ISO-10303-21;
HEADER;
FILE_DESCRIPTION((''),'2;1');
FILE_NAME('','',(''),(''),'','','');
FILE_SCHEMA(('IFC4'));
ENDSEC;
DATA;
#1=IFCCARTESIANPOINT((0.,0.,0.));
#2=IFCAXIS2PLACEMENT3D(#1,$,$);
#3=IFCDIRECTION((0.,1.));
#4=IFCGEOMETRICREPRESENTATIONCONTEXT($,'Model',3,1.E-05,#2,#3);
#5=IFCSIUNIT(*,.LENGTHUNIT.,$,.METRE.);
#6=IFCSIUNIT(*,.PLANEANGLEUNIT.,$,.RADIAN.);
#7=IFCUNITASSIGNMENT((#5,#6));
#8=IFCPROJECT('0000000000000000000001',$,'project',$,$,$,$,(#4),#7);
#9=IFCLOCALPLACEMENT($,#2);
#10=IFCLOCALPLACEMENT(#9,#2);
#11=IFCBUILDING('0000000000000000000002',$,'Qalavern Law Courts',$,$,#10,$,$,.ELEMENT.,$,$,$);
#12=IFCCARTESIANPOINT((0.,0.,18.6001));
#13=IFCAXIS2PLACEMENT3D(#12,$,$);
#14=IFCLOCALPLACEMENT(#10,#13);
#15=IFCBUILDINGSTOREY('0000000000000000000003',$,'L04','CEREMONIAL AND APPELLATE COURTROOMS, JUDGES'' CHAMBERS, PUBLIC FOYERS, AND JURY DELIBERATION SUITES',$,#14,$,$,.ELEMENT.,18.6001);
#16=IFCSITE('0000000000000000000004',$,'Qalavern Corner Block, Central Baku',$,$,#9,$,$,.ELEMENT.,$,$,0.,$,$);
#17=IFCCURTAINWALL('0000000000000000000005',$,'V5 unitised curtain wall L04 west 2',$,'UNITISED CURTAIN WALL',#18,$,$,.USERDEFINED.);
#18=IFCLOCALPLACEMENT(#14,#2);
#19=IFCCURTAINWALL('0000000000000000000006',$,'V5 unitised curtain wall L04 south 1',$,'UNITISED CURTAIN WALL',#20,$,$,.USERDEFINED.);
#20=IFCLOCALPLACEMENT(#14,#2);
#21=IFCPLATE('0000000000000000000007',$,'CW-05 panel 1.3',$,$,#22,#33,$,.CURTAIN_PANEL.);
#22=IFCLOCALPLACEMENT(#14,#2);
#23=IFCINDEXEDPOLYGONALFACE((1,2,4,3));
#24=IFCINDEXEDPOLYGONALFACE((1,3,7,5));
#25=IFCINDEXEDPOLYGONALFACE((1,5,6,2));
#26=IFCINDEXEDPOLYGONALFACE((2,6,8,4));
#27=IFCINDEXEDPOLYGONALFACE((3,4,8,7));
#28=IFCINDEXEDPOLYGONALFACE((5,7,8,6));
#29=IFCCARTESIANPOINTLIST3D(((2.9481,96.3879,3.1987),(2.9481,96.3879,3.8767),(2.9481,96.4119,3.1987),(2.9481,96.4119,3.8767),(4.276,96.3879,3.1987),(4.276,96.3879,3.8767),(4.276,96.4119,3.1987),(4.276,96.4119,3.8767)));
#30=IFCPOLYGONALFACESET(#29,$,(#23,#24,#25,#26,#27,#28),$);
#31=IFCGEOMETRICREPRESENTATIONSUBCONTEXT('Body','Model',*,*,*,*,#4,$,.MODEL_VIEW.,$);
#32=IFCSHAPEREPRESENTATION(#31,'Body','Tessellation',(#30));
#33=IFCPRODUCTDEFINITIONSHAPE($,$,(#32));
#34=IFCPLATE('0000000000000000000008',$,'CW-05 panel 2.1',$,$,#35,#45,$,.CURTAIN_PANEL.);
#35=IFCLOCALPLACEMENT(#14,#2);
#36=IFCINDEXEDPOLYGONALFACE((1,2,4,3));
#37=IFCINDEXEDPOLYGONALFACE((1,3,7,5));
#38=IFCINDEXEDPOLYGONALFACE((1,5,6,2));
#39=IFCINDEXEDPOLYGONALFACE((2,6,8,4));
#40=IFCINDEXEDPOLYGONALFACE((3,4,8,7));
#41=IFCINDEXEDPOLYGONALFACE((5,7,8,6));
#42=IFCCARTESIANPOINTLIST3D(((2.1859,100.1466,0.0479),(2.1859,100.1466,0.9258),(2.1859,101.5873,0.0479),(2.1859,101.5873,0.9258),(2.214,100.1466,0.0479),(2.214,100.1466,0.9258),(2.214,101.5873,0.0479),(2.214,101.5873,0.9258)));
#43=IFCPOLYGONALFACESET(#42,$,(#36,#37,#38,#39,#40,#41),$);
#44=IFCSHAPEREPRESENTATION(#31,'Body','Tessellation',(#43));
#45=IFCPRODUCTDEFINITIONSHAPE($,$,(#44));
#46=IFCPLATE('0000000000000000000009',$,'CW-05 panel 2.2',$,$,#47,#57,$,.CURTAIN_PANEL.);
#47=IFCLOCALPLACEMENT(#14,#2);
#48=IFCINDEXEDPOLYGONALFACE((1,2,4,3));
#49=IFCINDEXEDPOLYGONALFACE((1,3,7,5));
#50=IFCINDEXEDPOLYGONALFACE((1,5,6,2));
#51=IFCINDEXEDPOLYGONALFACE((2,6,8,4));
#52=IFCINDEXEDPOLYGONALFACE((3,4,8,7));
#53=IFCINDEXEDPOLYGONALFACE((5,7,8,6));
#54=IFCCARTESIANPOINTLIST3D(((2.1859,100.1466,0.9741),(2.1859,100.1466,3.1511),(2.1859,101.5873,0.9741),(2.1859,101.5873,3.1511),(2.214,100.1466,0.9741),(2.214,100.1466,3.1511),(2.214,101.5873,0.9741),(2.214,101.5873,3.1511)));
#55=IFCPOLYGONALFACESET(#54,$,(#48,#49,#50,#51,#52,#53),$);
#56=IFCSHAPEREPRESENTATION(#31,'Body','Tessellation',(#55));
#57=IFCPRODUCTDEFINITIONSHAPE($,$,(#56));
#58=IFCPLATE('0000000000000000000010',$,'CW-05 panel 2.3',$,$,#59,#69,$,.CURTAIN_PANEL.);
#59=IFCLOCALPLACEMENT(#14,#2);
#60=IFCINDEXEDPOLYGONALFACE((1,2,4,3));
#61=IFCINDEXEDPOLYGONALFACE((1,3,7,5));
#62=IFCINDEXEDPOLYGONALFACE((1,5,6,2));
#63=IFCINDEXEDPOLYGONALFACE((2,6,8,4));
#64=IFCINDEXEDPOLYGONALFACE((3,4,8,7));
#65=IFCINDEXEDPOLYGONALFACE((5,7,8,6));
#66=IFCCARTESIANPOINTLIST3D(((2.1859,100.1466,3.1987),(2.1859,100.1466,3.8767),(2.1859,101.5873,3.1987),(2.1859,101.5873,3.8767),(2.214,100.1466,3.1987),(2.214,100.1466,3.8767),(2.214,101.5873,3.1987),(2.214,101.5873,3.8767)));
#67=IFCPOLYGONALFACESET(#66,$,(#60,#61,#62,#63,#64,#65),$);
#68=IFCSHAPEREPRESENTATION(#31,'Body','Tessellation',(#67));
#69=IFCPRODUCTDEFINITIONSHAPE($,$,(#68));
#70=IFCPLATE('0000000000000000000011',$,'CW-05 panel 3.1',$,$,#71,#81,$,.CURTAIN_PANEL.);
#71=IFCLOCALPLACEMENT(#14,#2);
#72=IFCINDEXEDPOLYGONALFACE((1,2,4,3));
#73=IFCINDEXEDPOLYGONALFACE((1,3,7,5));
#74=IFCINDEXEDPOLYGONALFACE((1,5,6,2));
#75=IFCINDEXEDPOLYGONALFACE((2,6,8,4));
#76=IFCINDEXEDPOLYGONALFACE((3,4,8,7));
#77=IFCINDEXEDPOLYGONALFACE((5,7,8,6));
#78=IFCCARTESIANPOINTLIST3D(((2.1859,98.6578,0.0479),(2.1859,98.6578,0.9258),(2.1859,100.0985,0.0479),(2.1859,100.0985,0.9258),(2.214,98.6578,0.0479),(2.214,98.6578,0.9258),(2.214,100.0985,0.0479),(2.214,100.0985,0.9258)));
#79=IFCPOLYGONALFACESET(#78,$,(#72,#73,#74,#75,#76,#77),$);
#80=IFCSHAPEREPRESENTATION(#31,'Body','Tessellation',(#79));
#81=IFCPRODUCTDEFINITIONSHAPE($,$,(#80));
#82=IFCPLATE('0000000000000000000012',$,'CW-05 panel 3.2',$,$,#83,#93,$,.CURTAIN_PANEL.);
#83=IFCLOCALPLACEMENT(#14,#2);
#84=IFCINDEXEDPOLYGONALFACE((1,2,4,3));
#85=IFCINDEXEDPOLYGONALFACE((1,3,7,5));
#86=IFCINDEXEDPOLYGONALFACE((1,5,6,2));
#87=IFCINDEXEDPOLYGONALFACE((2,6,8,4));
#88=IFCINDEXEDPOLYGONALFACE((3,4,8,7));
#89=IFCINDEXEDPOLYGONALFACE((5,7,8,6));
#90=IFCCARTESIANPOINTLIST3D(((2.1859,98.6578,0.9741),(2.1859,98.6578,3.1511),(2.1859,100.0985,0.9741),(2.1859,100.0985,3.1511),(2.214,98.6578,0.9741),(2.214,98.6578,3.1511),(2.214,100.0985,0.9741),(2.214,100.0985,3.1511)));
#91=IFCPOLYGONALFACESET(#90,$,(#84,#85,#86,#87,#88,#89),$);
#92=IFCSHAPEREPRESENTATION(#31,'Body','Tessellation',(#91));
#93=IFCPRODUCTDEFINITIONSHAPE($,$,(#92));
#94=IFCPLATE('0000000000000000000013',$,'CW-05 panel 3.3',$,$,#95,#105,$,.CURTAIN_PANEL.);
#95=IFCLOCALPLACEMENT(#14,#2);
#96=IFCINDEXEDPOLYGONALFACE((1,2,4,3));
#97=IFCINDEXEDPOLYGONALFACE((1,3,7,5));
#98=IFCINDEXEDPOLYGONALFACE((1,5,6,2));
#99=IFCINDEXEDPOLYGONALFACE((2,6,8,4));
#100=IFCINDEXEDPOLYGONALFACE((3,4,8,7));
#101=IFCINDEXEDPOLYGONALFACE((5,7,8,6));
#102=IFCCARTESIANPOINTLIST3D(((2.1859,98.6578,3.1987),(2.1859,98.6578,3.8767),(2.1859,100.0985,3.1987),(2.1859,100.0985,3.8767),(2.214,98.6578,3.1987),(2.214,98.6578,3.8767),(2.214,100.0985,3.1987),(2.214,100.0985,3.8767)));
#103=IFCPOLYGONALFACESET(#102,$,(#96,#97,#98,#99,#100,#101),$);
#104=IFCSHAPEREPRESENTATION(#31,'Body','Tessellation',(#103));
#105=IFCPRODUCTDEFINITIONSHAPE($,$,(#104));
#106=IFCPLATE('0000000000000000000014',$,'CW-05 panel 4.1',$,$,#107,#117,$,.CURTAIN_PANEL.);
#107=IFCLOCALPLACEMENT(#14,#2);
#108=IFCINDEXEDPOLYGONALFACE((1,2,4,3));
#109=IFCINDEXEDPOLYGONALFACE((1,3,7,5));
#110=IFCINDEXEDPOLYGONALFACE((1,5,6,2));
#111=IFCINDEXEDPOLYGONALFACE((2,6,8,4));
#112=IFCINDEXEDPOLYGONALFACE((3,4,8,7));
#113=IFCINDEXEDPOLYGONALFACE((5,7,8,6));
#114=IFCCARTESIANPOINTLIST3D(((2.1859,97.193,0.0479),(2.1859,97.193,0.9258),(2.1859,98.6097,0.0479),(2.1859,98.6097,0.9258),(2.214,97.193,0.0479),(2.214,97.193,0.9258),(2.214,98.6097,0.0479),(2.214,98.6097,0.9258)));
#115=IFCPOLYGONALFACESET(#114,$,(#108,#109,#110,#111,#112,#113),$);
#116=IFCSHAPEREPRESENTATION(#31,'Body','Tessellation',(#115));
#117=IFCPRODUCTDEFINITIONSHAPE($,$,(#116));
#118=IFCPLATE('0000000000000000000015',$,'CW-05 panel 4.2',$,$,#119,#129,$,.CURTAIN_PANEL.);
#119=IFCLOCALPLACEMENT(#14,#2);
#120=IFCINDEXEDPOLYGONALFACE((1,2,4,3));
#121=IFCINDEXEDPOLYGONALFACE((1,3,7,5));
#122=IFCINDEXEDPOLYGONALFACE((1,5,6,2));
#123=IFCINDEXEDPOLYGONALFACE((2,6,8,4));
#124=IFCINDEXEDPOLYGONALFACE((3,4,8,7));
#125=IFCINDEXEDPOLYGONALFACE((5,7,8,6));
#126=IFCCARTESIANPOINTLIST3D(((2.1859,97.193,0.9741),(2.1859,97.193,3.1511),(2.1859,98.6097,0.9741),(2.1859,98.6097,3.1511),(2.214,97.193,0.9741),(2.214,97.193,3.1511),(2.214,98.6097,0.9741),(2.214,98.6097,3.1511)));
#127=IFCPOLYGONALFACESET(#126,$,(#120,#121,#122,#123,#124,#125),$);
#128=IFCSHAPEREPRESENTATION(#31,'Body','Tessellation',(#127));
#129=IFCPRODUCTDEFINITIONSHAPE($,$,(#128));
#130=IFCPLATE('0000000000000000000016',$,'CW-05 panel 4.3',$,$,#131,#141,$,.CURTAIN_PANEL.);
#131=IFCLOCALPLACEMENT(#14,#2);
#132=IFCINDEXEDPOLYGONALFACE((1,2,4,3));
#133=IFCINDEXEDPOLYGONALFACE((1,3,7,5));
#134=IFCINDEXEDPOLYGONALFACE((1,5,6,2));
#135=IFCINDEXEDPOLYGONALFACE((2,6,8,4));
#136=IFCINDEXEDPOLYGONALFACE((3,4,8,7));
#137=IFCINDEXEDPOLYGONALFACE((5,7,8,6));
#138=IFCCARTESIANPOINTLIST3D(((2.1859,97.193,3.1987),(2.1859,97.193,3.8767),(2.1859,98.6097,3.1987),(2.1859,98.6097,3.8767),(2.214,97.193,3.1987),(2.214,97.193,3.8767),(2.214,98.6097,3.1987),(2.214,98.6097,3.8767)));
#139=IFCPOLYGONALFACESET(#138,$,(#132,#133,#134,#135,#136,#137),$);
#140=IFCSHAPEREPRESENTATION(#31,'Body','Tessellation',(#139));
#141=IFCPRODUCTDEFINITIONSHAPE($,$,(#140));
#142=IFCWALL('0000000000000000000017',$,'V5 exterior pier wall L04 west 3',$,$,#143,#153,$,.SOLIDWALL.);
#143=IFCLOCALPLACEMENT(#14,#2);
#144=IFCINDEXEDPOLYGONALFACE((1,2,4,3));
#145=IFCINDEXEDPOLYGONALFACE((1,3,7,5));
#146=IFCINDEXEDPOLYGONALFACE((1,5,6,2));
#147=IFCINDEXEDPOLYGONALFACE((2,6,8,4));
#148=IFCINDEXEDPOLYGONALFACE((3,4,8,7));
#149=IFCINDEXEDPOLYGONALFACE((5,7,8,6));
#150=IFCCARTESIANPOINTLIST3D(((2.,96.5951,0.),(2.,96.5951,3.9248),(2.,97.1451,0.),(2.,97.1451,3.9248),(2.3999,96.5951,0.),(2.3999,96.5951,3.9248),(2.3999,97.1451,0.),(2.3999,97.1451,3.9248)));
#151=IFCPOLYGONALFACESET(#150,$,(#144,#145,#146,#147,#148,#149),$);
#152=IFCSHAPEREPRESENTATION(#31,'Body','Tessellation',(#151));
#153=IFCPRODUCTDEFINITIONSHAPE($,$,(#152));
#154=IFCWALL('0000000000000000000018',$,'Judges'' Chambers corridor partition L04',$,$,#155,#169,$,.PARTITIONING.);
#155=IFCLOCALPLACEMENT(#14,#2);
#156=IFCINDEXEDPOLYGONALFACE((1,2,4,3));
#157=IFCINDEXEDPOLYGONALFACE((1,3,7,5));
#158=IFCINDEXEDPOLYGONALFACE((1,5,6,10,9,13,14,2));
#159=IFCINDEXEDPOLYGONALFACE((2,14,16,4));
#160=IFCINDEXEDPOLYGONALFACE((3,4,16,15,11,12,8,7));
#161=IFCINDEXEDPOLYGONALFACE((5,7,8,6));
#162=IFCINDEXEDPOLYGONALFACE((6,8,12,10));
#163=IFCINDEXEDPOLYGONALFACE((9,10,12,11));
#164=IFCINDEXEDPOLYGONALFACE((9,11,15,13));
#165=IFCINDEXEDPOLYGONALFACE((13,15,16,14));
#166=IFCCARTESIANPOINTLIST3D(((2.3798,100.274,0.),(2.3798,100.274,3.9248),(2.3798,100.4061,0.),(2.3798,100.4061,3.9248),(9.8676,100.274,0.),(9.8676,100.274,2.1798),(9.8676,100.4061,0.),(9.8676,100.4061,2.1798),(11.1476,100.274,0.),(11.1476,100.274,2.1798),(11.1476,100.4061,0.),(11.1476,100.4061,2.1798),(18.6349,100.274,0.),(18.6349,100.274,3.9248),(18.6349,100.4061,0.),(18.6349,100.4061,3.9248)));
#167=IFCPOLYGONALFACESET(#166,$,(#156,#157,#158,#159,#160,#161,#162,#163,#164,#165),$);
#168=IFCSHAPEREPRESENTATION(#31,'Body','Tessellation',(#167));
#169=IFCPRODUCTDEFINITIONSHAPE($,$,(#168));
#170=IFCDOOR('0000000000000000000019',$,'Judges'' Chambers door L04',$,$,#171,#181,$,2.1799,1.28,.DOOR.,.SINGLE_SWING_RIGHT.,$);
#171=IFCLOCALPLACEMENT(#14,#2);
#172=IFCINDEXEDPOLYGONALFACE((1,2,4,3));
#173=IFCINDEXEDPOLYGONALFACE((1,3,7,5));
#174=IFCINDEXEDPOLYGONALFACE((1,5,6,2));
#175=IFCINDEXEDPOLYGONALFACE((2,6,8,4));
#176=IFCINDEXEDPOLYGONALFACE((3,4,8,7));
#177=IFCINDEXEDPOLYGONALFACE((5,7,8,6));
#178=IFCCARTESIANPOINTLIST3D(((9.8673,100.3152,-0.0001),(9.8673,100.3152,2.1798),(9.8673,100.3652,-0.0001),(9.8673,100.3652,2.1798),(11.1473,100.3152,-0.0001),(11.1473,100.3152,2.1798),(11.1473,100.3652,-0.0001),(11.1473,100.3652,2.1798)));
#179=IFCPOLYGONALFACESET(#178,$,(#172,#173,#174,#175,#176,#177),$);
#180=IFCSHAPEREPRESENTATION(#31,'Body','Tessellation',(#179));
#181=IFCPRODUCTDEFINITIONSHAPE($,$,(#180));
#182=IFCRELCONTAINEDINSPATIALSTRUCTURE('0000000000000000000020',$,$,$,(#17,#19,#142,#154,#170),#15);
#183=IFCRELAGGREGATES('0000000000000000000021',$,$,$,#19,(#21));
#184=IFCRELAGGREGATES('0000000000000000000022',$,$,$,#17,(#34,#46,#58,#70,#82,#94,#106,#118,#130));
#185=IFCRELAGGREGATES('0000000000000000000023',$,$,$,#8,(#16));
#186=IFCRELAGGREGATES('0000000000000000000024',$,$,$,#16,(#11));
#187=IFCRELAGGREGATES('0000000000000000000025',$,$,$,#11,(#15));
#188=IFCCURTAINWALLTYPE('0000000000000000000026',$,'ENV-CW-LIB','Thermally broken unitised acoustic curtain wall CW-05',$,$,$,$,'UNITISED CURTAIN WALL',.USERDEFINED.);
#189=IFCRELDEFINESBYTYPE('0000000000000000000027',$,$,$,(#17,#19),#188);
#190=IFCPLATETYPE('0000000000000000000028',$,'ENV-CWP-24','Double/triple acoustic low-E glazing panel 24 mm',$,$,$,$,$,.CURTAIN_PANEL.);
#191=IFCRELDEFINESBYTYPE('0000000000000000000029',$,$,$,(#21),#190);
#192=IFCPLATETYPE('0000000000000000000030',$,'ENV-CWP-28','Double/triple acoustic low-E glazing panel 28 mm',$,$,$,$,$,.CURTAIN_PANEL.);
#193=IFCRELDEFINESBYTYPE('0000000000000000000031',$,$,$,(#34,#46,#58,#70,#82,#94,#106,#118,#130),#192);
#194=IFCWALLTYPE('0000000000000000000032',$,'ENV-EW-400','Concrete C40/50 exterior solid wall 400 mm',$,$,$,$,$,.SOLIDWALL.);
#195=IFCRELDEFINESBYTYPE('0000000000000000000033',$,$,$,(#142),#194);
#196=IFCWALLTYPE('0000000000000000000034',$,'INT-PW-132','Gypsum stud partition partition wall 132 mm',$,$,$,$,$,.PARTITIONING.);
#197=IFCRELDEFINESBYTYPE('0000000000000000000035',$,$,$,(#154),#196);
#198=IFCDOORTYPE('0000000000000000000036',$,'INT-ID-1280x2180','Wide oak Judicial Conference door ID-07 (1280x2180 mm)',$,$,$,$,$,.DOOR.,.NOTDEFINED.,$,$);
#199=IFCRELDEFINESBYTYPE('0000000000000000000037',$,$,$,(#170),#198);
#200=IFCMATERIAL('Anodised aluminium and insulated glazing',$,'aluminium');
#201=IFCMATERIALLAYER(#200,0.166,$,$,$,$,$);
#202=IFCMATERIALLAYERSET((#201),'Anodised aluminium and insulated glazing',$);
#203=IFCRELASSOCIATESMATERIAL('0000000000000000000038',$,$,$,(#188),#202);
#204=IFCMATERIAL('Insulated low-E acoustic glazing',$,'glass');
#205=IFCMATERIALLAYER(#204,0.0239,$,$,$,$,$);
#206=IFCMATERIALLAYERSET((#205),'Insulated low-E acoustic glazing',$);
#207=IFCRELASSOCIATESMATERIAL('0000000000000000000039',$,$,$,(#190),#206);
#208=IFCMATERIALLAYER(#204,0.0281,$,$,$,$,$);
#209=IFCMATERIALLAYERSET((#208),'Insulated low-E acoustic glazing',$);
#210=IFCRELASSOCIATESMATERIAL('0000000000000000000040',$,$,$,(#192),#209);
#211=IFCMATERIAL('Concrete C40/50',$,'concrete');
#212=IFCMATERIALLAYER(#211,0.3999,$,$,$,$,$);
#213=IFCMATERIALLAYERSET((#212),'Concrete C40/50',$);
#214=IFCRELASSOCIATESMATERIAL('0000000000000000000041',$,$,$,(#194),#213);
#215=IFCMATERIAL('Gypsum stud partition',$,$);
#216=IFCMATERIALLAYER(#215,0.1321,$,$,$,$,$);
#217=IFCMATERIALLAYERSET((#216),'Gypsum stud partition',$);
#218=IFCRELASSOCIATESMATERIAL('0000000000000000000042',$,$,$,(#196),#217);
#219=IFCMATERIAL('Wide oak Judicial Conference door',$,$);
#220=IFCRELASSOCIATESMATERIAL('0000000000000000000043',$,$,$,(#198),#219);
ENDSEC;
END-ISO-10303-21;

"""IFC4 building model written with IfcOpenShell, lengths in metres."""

from ifc_helpers import new_model, si_unit, direction, frame, frame_2d, origin, origin_2d, place, context, subcontext, project, spatial, rectangle, extrude, material, layer, layer_set, type_object, element, fill, aggregate, save


model = new_model("IFC4")

# Units and contexts
model_context = context("Model", 3, precision=1e-05, world=origin(), true_north=direction((0.0, 1.0)))
body_context = subcontext(model_context, "Body", "Model", "MODEL_VIEW")
ifc_project = project(units=[si_unit("LENGTHUNIT", "METRE"), si_unit("PLANEANGLEUNIT", "RADIAN")], contexts=[model_context])

# Site, building, storey
site_placement = place(None, origin())
site = spatial("IfcSite", under=ifc_project, at=site_placement, Name="Qalavern Corner Block, Central Baku", CompositionType="ELEMENT", RefElevation=0.0)
building_placement = place(site_placement, origin())
building = spatial("IfcBuilding", under=site, at=building_placement, Name="Qalavern Law Courts", CompositionType="ELEMENT")
storey_placement = place(building_placement, frame((0.0, 0.0, 18.6001)))
storey = spatial("IfcBuildingStorey", under=building, at=storey_placement, Name="L04", Description="CEREMONIAL AND APPELLATE COURTROOMS, JUDGES' CHAMBERS, PUBLIC FOYERS, AND JURY DELIBERATION SUITES", CompositionType="ELEMENT", Elevation=18.6001)

# Curtain walls
ifc_material_1 = material(Name="Anodised aluminium and insulated glazing", Category="aluminium")
ifc_layer_1 = layer(ifc_material_1, 0.166)
ifc_layer_set_1 = layer_set([ifc_layer_1], Name="Anodised aluminium and insulated glazing")
curtain_wall_type = type_object("IfcCurtainWallType", Name="ENV-CW-LIB", Description="Thermally broken unitised acoustic curtain wall CW-05", ElementType="UNITISED CURTAIN WALL", PredefinedType="USERDEFINED", material=ifc_layer_set_1)
curtain_wall_1_placement = place(storey_placement, origin())
curtain_wall_1 = element("IfcCurtainWall", 1, at=curtain_wall_1_placement, inside=storey, type_object=curtain_wall_type, Name="V5 unitised curtain wall L04 west 2", ObjectType="UNITISED CURTAIN WALL", PredefinedType="USERDEFINED")
curtain_wall_2_placement = place(storey_placement, origin())
curtain_wall_2 = element("IfcCurtainWall", 2, at=curtain_wall_2_placement, inside=storey, type_object=curtain_wall_type, Name="V5 unitised curtain wall L04 south 1", ObjectType="UNITISED CURTAIN WALL", PredefinedType="USERDEFINED")

# Shared definitions
ifc_material_2 = material(Name="Concrete C40/50", Category="concrete")

# Plates
ifc_material_3 = material(Name="Insulated low-E acoustic glazing", Category="glass")
ifc_layer_2 = layer(ifc_material_3, 0.0239)
ifc_layer_set_2 = layer_set([ifc_layer_2], Name="Insulated low-E acoustic glazing")
plate_type_1 = type_object("IfcPlateType", Name="ENV-CWP-24", Description="Double/triple acoustic low-E glazing panel 24 mm", PredefinedType="CURTAIN_PANEL", material=ifc_layer_set_2)
plate_1_placement = place(storey_placement, frame((3.6121, 96.3999, 3.1987), z_axis=(0.0, 0.0, 1.0), x_axis=(1.0, 0.0, 0.0)))
plate_1 = element("IfcPlate", 3, at=plate_1_placement, type_object=plate_type_1, Name="CW-05 panel 1.3", PredefinedType="CURTAIN_PANEL", context=body_context, shape_type="SweptSolid", body=[
    extrude(rectangle(XDim=1.3279, YDim=0.0239, at=origin_2d()), origin(), (0.0, 0.0, 1.0), 0.678),
])
aggregate(curtain_wall_2, [plate_1])
ifc_layer_3 = layer(ifc_material_3, 0.0281)
ifc_layer_set_3 = layer_set([ifc_layer_3], Name="Insulated low-E acoustic glazing")
plate_type_2 = type_object("IfcPlateType", Name="ENV-CWP-28", Description="Double/triple acoustic low-E glazing panel 28 mm", PredefinedType="CURTAIN_PANEL", material=ifc_layer_set_3)
plate_2_placement = place(storey_placement, frame((2.2, 100.8669, 0.0479), z_axis=(0.0, 0.0, 1.0), x_axis=(0.0, -1.0, 0.0)))
plate_2 = element("IfcPlate", 4, at=plate_2_placement, type_object=plate_type_2, Name="CW-05 panel 2.1", PredefinedType="CURTAIN_PANEL", context=body_context, shape_type="SweptSolid", body=[
    extrude(rectangle(XDim=1.4407, YDim=0.0281, at=origin_2d()), origin(), (0.0, 0.0, 1.0), 0.8779),
])
plate_3_placement = place(storey_placement, frame((2.2, 100.8669, 0.9741), z_axis=(0.0, 0.0, 1.0), x_axis=(0.0, -1.0, 0.0)))
plate_3 = element("IfcPlate", 5, at=plate_3_placement, type_object=plate_type_2, Name="CW-05 panel 2.2", PredefinedType="CURTAIN_PANEL", context=body_context, shape_type="SweptSolid", body=[
    extrude(rectangle(XDim=1.4407, YDim=0.0281, at=origin_2d()), origin(), (0.0, 0.0, 1.0), 2.177),
])
plate_4_placement = place(storey_placement, frame((2.2, 100.8669, 3.1987), z_axis=(0.0, 0.0, 1.0), x_axis=(0.0, -1.0, 0.0)))
plate_4 = element("IfcPlate", 6, at=plate_4_placement, type_object=plate_type_2, Name="CW-05 panel 2.3", PredefinedType="CURTAIN_PANEL", context=body_context, shape_type="SweptSolid", body=[
    extrude(rectangle(XDim=1.4407, YDim=0.0281, at=origin_2d()), origin(), (0.0, 0.0, 1.0), 0.678),
])
plate_5_placement = place(storey_placement, frame((2.2, 99.3782, 0.0479), z_axis=(0.0, 0.0, 1.0), x_axis=(0.0, -1.0, 0.0)))
plate_5 = element("IfcPlate", 7, at=plate_5_placement, type_object=plate_type_2, Name="CW-05 panel 3.1", PredefinedType="CURTAIN_PANEL", context=body_context, shape_type="SweptSolid", body=[
    extrude(rectangle(XDim=1.4407, YDim=0.0281, at=origin_2d()), origin(), (0.0, 0.0, 1.0), 0.8779),
])
plate_6_placement = place(storey_placement, frame((2.2, 99.3782, 0.9741), z_axis=(0.0, 0.0, 1.0), x_axis=(0.0, -1.0, 0.0)))
plate_6 = element("IfcPlate", 8, at=plate_6_placement, type_object=plate_type_2, Name="CW-05 panel 3.2", PredefinedType="CURTAIN_PANEL", context=body_context, shape_type="SweptSolid", body=[
    extrude(rectangle(XDim=1.4407, YDim=0.0281, at=origin_2d()), origin(), (0.0, 0.0, 1.0), 2.177),
])
plate_7_placement = place(storey_placement, frame((2.2, 99.3782, 3.1987), z_axis=(0.0, 0.0, 1.0), x_axis=(0.0, -1.0, 0.0)))
plate_7 = element("IfcPlate", 9, at=plate_7_placement, type_object=plate_type_2, Name="CW-05 panel 3.3", PredefinedType="CURTAIN_PANEL", context=body_context, shape_type="SweptSolid", body=[
    extrude(rectangle(XDim=1.4407, YDim=0.0281, at=origin_2d()), origin(), (0.0, 0.0, 1.0), 0.678),
])
plate_8_placement = place(storey_placement, frame((2.2, 97.9014, 0.0479), z_axis=(0.0, 0.0, 1.0), x_axis=(0.0, -1.0, 0.0)))
plate_8 = element("IfcPlate", 10, at=plate_8_placement, type_object=plate_type_2, Name="CW-05 panel 4.1", PredefinedType="CURTAIN_PANEL", context=body_context, shape_type="SweptSolid", body=[
    extrude(rectangle(XDim=1.4167, YDim=0.0281, at=origin_2d()), origin(), (0.0, 0.0, 1.0), 0.8779),
])
plate_9_placement = place(storey_placement, frame((2.2, 97.9014, 0.9741), z_axis=(0.0, 0.0, 1.0), x_axis=(0.0, -1.0, 0.0)))
plate_9 = element("IfcPlate", 11, at=plate_9_placement, type_object=plate_type_2, Name="CW-05 panel 4.2", PredefinedType="CURTAIN_PANEL", context=body_context, shape_type="SweptSolid", body=[
    extrude(rectangle(XDim=1.4167, YDim=0.0281, at=origin_2d()), origin(), (0.0, 0.0, 1.0), 2.177),
])
plate_10_placement = place(storey_placement, frame((2.2, 97.9014, 3.1987), z_axis=(0.0, 0.0, 1.0), x_axis=(0.0, -1.0, 0.0)))
plate_10 = element("IfcPlate", 12, at=plate_10_placement, type_object=plate_type_2, Name="CW-05 panel 4.3", PredefinedType="CURTAIN_PANEL", context=body_context, shape_type="SweptSolid", body=[
    extrude(rectangle(XDim=1.4167, YDim=0.0281, at=origin_2d()), origin(), (0.0, 0.0, 1.0), 0.678),
])
aggregate(curtain_wall_1, [plate_2, plate_3, plate_4, plate_5, plate_6, plate_7, plate_8, plate_9, plate_10])

# Wall
ifc_layer_4 = layer(ifc_material_2, 0.3999)
ifc_layer_set_4 = layer_set([ifc_layer_4], Name="Concrete C40/50")
wall_type_1 = type_object("IfcWallType", Name="ENV-EW-400", Description="Concrete C40/50 exterior solid wall 400 mm", PredefinedType="SOLIDWALL", material=ifc_layer_set_4)
wall_1_placement = place(storey_placement, frame((2.2, 97.145, 0.0), z_axis=(0.0, 0.0, 1.0), x_axis=(0.0, -1.0, 0.0)))
element("IfcWall", 13, at=wall_1_placement, inside=storey, type_object=wall_type_1, Name="V5 exterior pier wall L04 west 3", PredefinedType="SOLIDWALL", context=body_context, shape_type="SweptSolid", body=[
    extrude(rectangle(XDim=0.55, YDim=0.3999, at=frame_2d((0.2749, 0.0))), origin(), (0.0, 0.0, 1.0), 3.9248),
])

# Wall, opening, door
ifc_material_4 = material(Name="Gypsum stud partition")
ifc_layer_5 = layer(ifc_material_4, 0.1321)
ifc_layer_set_5 = layer_set([ifc_layer_5], Name="Gypsum stud partition")
wall_type_2 = type_object("IfcWallType", Name="INT-PW-132", Description="Gypsum stud partition partition wall 132 mm", PredefinedType="PARTITIONING", material=ifc_layer_set_5)
wall_2_placement = place(storey_placement, frame((2.3799, 100.3401, 0.0), z_axis=(0.0, 0.0, 1.0), x_axis=(1.0, 0.0, 0.0)))
wall_2 = element("IfcWall", 14, at=wall_2_placement, inside=storey, type_object=wall_type_2, Name="Judges' Chambers corridor partition L04", PredefinedType="PARTITIONING", context=body_context, shape_type="SweptSolid", body=[
    extrude(rectangle(XDim=16.2551, YDim=0.1321, at=frame_2d((8.1274, 0.0))), origin(), (0.0, 0.0, 1.0), 3.9248),
])
opening_placement = place(wall_2_placement, frame((7.4875, 0.0, 0.0)))
opening = element("IfcOpeningElement", 15, at=opening_placement, cuts=wall_2, PredefinedType="OPENING", context=body_context, shape_type="SweptSolid", body=[
    extrude(rectangle(XDim=1.28, YDim=2.1799, at=frame_2d((0.6401, 1.0898))), frame((0.0, 0.0811, 0.0), z_axis=(0.0, -1.0, 0.0), x_axis=(1.0, 0.0, 0.0)), (0.0, 0.0, 1.0), 0.1619),
])
ifc_material_5 = material(Name="Wide oak Judicial Conference door")
door_type = type_object("IfcDoorType", Name="INT-ID-1280x2180", Description="Wide oak Judicial Conference door ID-07 (1280x2180 mm)", OperationType="NOTDEFINED", PredefinedType="DOOR", material=ifc_material_5)
door_placement = place(opening_placement, frame((1.28, 0.0, 0.0), z_axis=(0.0, 0.0, 1.0), x_axis=(-1.0, 0.0, 0.0)))
door = element("IfcDoor", 16, at=door_placement, inside=storey, type_object=door_type, Name="Judges' Chambers door L04", OperationType="SINGLE_SWING_RIGHT", OverallHeight=2.1799, OverallWidth=1.28, PredefinedType="DOOR", context=body_context, shape_type="SweptSolid", body=[
    extrude(rectangle(XDim=1.28, YDim=2.1799, at=frame_2d((0.6401, 1.0898))), frame((0.0, 0.0249, 0.0), z_axis=(0.0, -1.0, 0.0), x_axis=(1.0, 0.0, 0.0)), (0.0, 0.0, 1.0), 0.05),
])
fill(opening, door)

save(model, "model.ifc")
